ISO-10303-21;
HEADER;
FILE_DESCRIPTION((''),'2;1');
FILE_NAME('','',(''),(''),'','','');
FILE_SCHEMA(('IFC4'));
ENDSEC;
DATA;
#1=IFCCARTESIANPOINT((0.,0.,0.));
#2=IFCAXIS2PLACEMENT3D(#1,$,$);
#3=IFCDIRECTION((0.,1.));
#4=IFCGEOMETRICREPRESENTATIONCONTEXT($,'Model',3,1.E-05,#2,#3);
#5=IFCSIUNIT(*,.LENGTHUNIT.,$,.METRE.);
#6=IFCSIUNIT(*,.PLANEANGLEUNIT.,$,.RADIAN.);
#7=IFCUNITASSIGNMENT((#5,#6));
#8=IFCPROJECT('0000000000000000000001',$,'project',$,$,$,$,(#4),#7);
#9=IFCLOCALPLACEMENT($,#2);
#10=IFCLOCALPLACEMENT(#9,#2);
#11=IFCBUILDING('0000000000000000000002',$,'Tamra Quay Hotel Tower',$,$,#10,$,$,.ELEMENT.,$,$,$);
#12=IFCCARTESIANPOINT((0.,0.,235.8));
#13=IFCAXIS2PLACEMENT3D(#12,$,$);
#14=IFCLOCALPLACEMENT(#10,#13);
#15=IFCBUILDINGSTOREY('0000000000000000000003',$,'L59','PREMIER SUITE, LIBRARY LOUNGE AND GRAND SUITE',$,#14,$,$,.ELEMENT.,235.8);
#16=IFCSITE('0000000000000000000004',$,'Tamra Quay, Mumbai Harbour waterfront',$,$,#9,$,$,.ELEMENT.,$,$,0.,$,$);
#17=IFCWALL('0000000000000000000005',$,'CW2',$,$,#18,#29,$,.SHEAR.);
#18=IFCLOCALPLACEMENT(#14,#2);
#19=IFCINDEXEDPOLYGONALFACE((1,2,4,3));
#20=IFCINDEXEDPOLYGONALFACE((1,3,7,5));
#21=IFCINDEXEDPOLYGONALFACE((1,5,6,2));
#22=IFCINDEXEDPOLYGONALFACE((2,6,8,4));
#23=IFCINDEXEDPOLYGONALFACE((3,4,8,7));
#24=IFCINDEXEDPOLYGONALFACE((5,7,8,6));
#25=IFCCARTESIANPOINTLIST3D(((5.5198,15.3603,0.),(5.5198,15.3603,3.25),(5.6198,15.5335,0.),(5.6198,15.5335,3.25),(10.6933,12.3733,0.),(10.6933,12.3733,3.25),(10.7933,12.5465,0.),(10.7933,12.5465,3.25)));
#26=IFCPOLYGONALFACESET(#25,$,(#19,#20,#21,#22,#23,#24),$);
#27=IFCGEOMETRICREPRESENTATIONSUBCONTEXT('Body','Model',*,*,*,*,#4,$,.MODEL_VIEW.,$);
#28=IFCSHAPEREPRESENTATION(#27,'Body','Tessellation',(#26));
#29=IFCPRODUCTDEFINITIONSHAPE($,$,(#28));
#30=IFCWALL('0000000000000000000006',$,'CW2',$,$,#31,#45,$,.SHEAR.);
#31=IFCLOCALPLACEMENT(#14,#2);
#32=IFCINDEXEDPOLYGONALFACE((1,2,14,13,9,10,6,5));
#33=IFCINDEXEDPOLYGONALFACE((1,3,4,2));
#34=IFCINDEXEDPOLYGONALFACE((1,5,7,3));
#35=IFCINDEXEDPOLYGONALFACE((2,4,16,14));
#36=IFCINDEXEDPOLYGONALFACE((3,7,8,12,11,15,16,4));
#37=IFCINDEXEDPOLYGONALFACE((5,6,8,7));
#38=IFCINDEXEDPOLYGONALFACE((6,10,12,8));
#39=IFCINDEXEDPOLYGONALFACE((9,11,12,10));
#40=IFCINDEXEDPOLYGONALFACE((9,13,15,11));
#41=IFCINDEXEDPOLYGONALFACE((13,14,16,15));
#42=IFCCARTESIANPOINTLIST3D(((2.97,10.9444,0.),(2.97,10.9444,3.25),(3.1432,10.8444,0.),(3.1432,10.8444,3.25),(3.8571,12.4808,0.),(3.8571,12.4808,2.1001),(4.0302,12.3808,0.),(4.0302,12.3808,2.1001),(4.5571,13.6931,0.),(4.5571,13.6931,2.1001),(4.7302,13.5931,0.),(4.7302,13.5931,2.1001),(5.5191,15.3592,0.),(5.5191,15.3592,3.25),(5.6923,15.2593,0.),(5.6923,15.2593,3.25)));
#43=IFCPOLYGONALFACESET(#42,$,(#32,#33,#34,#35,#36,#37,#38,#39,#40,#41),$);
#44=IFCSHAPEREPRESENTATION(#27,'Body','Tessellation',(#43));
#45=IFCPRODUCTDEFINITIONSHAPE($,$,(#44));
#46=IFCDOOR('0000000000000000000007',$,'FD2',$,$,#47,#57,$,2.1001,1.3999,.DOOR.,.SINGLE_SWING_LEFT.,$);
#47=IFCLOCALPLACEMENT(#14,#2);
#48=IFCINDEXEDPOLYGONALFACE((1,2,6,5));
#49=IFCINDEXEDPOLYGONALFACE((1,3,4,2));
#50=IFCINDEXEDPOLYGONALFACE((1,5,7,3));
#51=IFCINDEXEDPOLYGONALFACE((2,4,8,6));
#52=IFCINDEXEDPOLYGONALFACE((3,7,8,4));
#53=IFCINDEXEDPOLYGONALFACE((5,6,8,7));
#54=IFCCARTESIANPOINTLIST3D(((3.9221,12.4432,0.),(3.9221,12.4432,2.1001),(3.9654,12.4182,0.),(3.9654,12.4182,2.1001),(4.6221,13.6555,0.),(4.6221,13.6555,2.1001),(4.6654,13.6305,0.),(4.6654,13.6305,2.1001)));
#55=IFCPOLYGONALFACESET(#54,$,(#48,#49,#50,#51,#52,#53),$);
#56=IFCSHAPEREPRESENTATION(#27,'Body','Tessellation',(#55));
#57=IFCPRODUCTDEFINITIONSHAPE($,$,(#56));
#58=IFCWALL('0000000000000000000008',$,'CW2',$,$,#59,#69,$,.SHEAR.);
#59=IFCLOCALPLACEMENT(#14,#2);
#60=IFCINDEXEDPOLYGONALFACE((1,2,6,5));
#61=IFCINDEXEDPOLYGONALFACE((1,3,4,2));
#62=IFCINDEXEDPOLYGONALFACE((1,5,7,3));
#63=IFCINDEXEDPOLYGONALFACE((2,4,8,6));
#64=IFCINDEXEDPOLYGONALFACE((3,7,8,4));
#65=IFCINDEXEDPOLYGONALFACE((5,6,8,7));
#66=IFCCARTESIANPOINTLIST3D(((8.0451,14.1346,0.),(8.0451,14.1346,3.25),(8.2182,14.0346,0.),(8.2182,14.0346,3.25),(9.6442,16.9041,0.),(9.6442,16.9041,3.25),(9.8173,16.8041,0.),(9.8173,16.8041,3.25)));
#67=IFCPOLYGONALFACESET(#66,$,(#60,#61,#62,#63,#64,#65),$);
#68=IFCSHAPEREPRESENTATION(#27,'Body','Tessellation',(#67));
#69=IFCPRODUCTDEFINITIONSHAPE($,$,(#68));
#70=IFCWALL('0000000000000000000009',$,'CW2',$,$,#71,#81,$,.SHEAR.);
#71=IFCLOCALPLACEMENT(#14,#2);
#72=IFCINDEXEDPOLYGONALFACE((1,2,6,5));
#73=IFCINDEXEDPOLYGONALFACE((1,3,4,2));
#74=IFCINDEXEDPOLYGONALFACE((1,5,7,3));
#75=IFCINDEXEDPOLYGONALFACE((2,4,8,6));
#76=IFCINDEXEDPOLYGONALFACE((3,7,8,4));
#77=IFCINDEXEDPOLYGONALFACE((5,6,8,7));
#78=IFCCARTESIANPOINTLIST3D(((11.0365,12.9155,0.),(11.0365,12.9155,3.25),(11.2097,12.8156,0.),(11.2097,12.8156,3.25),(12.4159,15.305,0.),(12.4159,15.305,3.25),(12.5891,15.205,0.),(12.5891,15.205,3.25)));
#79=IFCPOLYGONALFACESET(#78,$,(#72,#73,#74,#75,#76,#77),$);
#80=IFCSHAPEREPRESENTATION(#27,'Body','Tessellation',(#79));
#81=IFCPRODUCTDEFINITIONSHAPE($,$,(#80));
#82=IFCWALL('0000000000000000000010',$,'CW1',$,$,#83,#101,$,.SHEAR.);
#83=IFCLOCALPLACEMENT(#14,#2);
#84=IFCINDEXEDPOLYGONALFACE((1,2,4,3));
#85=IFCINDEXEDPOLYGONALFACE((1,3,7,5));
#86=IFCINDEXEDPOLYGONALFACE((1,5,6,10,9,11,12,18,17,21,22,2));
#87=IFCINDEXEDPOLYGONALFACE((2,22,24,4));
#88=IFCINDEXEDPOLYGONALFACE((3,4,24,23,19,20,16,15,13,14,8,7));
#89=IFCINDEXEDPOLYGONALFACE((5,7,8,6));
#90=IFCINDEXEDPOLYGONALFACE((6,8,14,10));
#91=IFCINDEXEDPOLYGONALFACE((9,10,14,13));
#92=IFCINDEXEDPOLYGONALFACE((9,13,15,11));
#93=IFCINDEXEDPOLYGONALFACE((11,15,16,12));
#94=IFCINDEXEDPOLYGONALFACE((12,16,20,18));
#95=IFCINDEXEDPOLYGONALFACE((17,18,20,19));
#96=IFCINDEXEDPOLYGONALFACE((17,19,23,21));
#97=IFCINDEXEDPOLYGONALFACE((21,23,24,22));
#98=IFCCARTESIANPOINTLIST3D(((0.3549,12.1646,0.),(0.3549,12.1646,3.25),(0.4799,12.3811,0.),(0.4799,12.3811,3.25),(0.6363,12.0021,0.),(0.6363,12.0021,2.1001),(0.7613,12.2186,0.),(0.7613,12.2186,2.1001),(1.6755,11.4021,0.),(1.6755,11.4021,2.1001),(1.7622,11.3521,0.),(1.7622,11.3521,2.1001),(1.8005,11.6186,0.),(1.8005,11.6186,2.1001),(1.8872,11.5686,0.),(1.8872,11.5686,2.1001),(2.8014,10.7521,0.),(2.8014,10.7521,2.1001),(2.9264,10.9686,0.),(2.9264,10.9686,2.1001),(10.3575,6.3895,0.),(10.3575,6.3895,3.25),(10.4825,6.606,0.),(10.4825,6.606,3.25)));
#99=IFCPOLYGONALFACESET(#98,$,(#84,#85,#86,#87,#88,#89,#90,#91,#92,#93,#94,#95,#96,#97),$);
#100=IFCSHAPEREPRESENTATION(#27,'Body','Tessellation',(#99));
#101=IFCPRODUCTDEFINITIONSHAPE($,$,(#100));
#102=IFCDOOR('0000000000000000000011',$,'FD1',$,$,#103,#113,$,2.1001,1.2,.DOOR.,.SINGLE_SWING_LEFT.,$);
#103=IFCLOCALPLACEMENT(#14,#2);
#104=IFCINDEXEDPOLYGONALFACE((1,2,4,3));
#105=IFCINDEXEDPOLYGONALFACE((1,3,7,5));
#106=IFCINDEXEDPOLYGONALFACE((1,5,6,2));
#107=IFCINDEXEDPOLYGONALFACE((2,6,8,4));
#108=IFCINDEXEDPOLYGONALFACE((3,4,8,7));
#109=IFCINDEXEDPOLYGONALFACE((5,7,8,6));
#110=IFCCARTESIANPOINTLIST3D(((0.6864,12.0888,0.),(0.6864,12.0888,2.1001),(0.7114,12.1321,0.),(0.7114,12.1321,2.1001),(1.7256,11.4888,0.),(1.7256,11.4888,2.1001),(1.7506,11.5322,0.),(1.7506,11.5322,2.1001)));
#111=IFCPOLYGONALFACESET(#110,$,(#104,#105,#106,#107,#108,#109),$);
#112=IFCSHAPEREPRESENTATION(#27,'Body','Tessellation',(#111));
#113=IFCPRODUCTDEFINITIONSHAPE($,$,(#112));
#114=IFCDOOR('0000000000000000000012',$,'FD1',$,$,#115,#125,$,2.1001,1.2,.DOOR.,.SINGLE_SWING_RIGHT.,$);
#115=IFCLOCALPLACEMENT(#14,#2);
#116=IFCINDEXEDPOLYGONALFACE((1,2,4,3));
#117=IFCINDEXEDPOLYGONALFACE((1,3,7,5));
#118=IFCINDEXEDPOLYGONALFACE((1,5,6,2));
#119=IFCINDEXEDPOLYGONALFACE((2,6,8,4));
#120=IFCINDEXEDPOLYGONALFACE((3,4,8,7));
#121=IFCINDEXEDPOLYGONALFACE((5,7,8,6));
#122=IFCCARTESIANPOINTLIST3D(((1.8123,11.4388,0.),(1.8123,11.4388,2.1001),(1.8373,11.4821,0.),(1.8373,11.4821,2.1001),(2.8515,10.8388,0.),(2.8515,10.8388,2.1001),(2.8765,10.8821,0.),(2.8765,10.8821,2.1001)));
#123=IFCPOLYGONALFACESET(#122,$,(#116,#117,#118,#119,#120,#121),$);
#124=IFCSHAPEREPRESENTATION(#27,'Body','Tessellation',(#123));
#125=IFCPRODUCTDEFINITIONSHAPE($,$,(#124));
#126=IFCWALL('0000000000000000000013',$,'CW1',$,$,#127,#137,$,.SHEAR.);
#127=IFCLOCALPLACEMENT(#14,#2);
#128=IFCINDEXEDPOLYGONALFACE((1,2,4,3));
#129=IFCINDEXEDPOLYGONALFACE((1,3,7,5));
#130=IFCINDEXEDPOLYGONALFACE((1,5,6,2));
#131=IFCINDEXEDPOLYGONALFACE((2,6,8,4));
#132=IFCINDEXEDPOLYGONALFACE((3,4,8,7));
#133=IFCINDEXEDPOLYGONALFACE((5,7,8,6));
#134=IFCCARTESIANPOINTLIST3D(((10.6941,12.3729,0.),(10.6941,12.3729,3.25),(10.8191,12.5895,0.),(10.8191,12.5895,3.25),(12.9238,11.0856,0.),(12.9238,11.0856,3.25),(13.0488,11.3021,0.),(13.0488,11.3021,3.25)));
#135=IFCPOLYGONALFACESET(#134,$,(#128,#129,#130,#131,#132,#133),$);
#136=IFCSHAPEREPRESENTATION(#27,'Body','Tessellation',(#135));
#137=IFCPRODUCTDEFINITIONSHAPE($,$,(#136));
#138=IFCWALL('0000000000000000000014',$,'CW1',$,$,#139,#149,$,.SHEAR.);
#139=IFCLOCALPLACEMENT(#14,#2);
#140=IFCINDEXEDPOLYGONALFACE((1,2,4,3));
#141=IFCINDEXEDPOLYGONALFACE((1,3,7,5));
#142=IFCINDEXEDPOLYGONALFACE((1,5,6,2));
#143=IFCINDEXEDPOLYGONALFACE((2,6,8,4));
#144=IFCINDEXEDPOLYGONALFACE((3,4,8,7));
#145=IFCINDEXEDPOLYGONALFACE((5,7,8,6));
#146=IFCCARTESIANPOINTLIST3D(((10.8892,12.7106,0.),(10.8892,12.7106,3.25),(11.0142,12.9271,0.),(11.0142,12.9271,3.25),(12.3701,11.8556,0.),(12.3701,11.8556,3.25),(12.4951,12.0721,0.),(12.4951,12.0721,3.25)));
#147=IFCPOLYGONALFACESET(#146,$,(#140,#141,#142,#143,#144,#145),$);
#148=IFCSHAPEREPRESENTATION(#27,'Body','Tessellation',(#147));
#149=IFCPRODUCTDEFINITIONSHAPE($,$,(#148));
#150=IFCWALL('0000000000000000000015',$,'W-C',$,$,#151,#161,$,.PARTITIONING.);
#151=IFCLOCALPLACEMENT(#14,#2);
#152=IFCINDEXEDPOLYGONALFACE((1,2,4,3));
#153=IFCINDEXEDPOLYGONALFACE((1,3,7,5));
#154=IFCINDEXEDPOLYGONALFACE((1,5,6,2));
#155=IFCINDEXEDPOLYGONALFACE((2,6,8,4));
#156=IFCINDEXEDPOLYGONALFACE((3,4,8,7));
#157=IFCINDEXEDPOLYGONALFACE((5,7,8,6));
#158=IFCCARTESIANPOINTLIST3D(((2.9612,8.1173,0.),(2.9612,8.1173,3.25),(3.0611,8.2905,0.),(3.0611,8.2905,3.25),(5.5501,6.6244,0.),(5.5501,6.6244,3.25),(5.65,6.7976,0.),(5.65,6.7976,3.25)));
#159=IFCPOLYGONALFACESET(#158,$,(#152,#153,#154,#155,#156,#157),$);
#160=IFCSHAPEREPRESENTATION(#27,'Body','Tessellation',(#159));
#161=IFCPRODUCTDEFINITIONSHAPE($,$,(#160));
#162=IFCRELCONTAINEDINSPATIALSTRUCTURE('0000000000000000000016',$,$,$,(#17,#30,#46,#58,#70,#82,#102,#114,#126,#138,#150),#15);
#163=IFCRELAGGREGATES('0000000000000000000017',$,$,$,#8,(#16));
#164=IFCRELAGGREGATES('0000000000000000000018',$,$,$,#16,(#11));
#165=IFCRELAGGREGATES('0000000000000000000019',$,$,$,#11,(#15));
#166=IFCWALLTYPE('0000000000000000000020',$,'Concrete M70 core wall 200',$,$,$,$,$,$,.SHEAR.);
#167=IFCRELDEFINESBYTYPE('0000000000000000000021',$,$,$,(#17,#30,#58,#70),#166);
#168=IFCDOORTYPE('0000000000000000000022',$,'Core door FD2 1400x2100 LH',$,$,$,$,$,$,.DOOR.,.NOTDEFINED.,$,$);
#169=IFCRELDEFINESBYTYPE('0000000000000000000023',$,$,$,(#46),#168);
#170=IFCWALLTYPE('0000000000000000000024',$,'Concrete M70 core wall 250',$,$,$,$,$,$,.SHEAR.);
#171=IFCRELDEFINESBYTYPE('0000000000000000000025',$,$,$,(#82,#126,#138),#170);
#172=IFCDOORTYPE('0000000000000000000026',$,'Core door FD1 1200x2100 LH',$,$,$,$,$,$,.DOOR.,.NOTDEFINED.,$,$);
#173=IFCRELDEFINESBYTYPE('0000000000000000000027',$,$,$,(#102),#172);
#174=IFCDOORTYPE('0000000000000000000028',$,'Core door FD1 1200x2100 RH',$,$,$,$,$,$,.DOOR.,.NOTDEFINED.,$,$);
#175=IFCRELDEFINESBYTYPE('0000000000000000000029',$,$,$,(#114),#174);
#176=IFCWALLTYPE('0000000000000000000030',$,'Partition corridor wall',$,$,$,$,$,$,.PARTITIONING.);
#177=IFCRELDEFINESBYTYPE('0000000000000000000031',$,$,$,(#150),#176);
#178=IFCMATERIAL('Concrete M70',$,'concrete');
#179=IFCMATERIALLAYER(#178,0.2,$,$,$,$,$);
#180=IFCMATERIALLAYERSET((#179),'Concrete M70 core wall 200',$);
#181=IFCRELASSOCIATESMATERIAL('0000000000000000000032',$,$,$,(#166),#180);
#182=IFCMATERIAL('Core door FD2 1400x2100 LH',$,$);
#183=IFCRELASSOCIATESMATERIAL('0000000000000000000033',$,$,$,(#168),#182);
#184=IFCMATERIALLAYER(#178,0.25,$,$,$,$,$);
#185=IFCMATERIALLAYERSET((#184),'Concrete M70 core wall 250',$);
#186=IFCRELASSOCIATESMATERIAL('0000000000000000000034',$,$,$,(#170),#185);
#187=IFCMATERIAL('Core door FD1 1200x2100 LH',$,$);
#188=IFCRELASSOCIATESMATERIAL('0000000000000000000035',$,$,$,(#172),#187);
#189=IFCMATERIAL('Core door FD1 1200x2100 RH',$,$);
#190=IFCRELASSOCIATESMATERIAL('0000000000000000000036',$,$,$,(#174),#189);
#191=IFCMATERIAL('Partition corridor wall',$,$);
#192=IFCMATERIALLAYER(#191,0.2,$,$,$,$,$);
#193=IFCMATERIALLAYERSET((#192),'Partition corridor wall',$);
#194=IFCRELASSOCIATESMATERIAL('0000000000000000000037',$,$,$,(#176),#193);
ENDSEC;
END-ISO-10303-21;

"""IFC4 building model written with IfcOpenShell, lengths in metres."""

from ifc_helpers import new_model, si_unit, direction, frame, frame_2d, origin, place, context, subcontext, project, spatial, rectangle, extrude, material, layer, layer_set, type_object, element, fill, save


model = new_model("IFC4")

# Units and contexts
model_context = context("Model", 3, precision=1e-05, world=origin(), true_north=direction((0.0, 1.0)))
body_context = subcontext(model_context, "Body", "Model", "MODEL_VIEW")
ifc_project = project(units=[si_unit("LENGTHUNIT", "METRE"), si_unit("PLANEANGLEUNIT", "RADIAN")], contexts=[model_context])

# Site, building, storey
site_placement = place(None, origin())
site = spatial("IfcSite", under=ifc_project, at=site_placement, Name="Tamra Quay, Mumbai Harbour waterfront", CompositionType="ELEMENT", RefElevation=0.0)
building_placement = place(site_placement, origin())
building = spatial("IfcBuilding", under=site, at=building_placement, Name="Tamra Quay Hotel Tower", CompositionType="ELEMENT")
storey_placement = place(building_placement, frame((0.0, 0.0, 235.8)))
storey = spatial("IfcBuildingStorey", under=building, at=storey_placement, Name="L59", Description="PREMIER SUITE, LIBRARY LOUNGE AND GRAND SUITE", CompositionType="ELEMENT", Elevation=235.8)

# Wall
ifc_material_1 = material(Name="Concrete M70", Category="concrete")
ifc_layer_1 = layer(ifc_material_1, 0.2)
ifc_layer_set_1 = layer_set([ifc_layer_1], Name="Concrete M70 core wall 200")
wall_type_1 = type_object("IfcWallType", Name="Concrete M70 core wall 200", PredefinedType="SHEAR", material=ifc_layer_set_1)
wall_1_placement = place(storey_placement, frame((10.7432, 12.46, 0.0), z_axis=(0.0, 0.0, 1.0), x_axis=(-0.866019, 0.500011, 0.0)))
element("IfcWall", 1, at=wall_1_placement, inside=storey, type_object=wall_type_1, Name="CW2", PredefinedType="SHEAR", context=body_context, shape_type="SweptSolid", body=[
    extrude(rectangle(XDim=5.9739, YDim=0.2, at=frame_2d((2.9868, 0.0))), origin(), (0.0, 0.0, 1.0), 3.25),
])

# Wall, opening, door
wall_2_placement = place(storey_placement, frame((3.0566, 10.8945, 0.0), z_axis=(0.0, 0.0, 1.0), x_axis=(0.500028, 0.866009, 0.0)))
wall_2 = element("IfcWall", 2, at=wall_2_placement, inside=storey, type_object=wall_type_1, Name="CW2", PredefinedType="SHEAR", context=body_context, shape_type="SweptSolid", body=[
    extrude(rectangle(XDim=5.0979, YDim=0.2, at=frame_2d((2.5488, 0.0))), origin(), (0.0, 0.0, 1.0), 3.25),
])
opening_1_placement = place(wall_2_placement, frame((1.7739, 0.0, 0.0)))
opening_1 = element("IfcOpeningElement", 3, at=opening_1_placement, cuts=wall_2, PredefinedType="OPENING", context=body_context, shape_type="SweptSolid", body=[
    extrude(rectangle(XDim=1.3999, YDim=2.1001, at=frame_2d((0.7, 1.05))), frame((0.0, 0.1099, 0.0), z_axis=(0.0, -1.0, 0.0), x_axis=(1.0, 0.0, 0.0)), (0.0, 0.0, 1.0), 0.22),
])
ifc_material_2 = material(Name="Core door FD2 1400x2100 LH")
door_type_1 = type_object("IfcDoorType", Name="Core door FD2 1400x2100 LH", OperationType="NOTDEFINED", PredefinedType="DOOR", material=ifc_material_2)
door_1_placement = place(opening_1_placement, origin())
door_1 = element("IfcDoor", 4, at=door_1_placement, inside=storey, type_object=door_type_1, Name="FD2", OperationType="SINGLE_SWING_LEFT", OverallHeight=2.1001, OverallWidth=1.3999, PredefinedType="DOOR", context=body_context, shape_type="SweptSolid", body=[
    extrude(rectangle(XDim=1.3999, YDim=2.1001, at=frame_2d((0.7, 1.05))), frame((0.0, 0.0249, 0.0), z_axis=(0.0, -1.0, 0.0), x_axis=(1.0, 0.0, 0.0)), (0.0, 0.0, 1.0), 0.05),
])
fill(opening_1, door_1)

# Walls
wall_3_placement = place(storey_placement, frame((8.1316, 14.0845, 0.0), z_axis=(0.0, 0.0, 1.0), x_axis=(0.500031, 0.866008, 0.0)))
element("IfcWall", 5, at=wall_3_placement, inside=storey, type_object=wall_type_1, Name="CW2", PredefinedType="SHEAR", context=body_context, shape_type="SweptSolid", body=[
    extrude(rectangle(XDim=3.198, YDim=0.2, at=frame_2d((1.5991, 0.0))), origin(), (0.0, 0.0, 1.0), 3.25),
])
wall_4_placement = place(storey_placement, frame((12.5024, 15.2549, 0.0), z_axis=(0.0, 0.0, 1.0), x_axis=(-0.499965, -0.866046, 0.0)))
element("IfcWall", 6, at=wall_4_placement, inside=storey, type_object=wall_type_1, Name="CW2", PredefinedType="SHEAR", context=body_context, shape_type="SweptSolid", body=[
    extrude(rectangle(XDim=2.759, YDim=0.2, at=frame_2d((1.3794, 0.0))), origin(), (0.0, 0.0, 1.0), 3.25),
])

# Wall, openings, doors
ifc_layer_2 = layer(ifc_material_1, 0.25)
ifc_layer_set_2 = layer_set([ifc_layer_2], Name="Concrete M70 core wall 250")
wall_type_2 = type_object("IfcWallType", Name="Concrete M70 core wall 250", PredefinedType="SHEAR", material=ifc_layer_set_2)
wall_5_placement = place(storey_placement, frame((10.4199, 6.4978, 0.0), z_axis=(0.0, 0.0, 1.0), x_axis=(-0.866022, 0.500006, 0.0)))
wall_5 = element("IfcWall", 7, at=wall_5_placement, inside=storey, type_object=wall_type_2, Name="CW1", PredefinedType="SHEAR", context=body_context, shape_type="SweptSolid", body=[
    extrude(rectangle(XDim=11.55, YDim=0.25, at=frame_2d((5.7749, 0.0))), origin(), (0.0, 0.0, 1.0), 3.25),
])
opening_2_placement = place(wall_5_placement, frame((10.0249, 0.0, 0.0)))
opening_2 = element("IfcOpeningElement", 8, at=opening_2_placement, cuts=wall_5, PredefinedType="OPENING", context=body_context, shape_type="SweptSolid", body=[
    extrude(rectangle(XDim=1.2, YDim=2.1001, at=frame_2d((0.6001, 1.05))), frame((0.0, 0.135, 0.0), z_axis=(0.0, -1.0, 0.0), x_axis=(1.0, 0.0, 0.0)), (0.0, 0.0, 1.0), 0.27),
])
opening_3_placement = place(wall_5_placement, frame((8.7249, 0.0, 0.0)))
opening_3 = element("IfcOpeningElement", 9, at=opening_3_placement, cuts=wall_5, PredefinedType="OPENING", context=body_context, shape_type="SweptSolid", body=[
    extrude(rectangle(XDim=1.2, YDim=2.1001, at=frame_2d((0.6001, 1.05))), frame((0.0, 0.135, 0.0), z_axis=(0.0, -1.0, 0.0), x_axis=(1.0, 0.0, 0.0)), (0.0, 0.0, 1.0), 0.27),
])
ifc_material_3 = material(Name="Core door FD1 1200x2100 LH")
door_type_2 = type_object("IfcDoorType", Name="Core door FD1 1200x2100 LH", OperationType="NOTDEFINED", PredefinedType="DOOR", material=ifc_material_3)
door_2_placement = place(opening_2_placement, origin())
door_2 = element("IfcDoor", 10, at=door_2_placement, inside=storey, type_object=door_type_2, Name="FD1", OperationType="SINGLE_SWING_LEFT", OverallHeight=2.1001, OverallWidth=1.2, PredefinedType="DOOR", context=body_context, shape_type="SweptSolid", body=[
    extrude(rectangle(XDim=1.2, YDim=2.1001, at=frame_2d((0.6001, 1.05))), frame((0.0, 0.0249, 0.0), z_axis=(0.0, -1.0, 0.0), x_axis=(1.0, 0.0, 0.0)), (0.0, 0.0, 1.0), 0.05),
])
fill(opening_2, door_2)
ifc_material_4 = material(Name="Core door FD1 1200x2100 RH")
door_type_3 = type_object("IfcDoorType", Name="Core door FD1 1200x2100 RH", OperationType="NOTDEFINED", PredefinedType="DOOR", material=ifc_material_4)
door_3_placement = place(opening_3_placement, origin())
door_3 = element("IfcDoor", 11, at=door_3_placement, inside=storey, type_object=door_type_3, Name="FD1", OperationType="SINGLE_SWING_RIGHT", OverallHeight=2.1001, OverallWidth=1.2, PredefinedType="DOOR", context=body_context, shape_type="SweptSolid", body=[
    extrude(rectangle(XDim=1.2, YDim=2.1001, at=frame_2d((0.6001, 1.05))), frame((0.0, 0.0249, 0.0), z_axis=(0.0, -1.0, 0.0), x_axis=(1.0, 0.0, 0.0)), (0.0, 0.0, 1.0), 0.05),
])
fill(opening_3, door_3)

# Walls
wall_6_placement = place(storey_placement, frame((10.7566, 12.4812, 0.0), z_axis=(0.0, 0.0, 1.0), x_axis=(0.866023, -0.500004, 0.0)))
element("IfcWall", 12, at=wall_6_placement, inside=storey, type_object=wall_type_2, Name="CW1", PredefinedType="SHEAR", context=body_context, shape_type="SweptSolid", body=[
    extrude(rectangle(XDim=2.5747, YDim=0.25, at=frame_2d((1.2874, 0.0))), origin(), (0.0, 0.0, 1.0), 3.25),
])
wall_7_placement = place(storey_placement, frame((12.4326, 11.9639, 0.0), z_axis=(0.0, 0.0, 1.0), x_axis=(-0.866038, 0.499978, 0.0)))
element("IfcWall", 13, at=wall_7_placement, inside=storey, type_object=wall_type_2, Name="CW1", PredefinedType="SHEAR", context=body_context, shape_type="SweptSolid", body=[
    extrude(rectangle(XDim=1.71, YDim=0.25, at=frame_2d((0.855, 0.0))), origin(), (0.0, 0.0, 1.0), 3.25),
])
ifc_material_5 = material(Name="Partition corridor wall")
ifc_layer_3 = layer(ifc_material_5, 0.2)
ifc_layer_set_3 = layer_set([ifc_layer_3], Name="Partition corridor wall")
wall_type_3 = type_object("IfcWallType", Name="Partition corridor wall", PredefinedType="PARTITIONING", material=ifc_layer_set_3)
wall_8_placement = place(storey_placement, frame((3.0112, 8.2039, 0.0), z_axis=(0.0, 0.0, 1.0), x_axis=(0.866281, -0.499557, 0.0)))
element("IfcWall", 14, at=wall_8_placement, inside=storey, type_object=wall_type_3, Name="W-C", PredefinedType="PARTITIONING", context=body_context, shape_type="SweptSolid", body=[
    extrude(rectangle(XDim=2.9885, YDim=0.2, at=frame_2d((1.4941, 0.0))), origin(), (0.0, 0.0, 1.0), 3.25),
])

save(model, "model.ifc")
